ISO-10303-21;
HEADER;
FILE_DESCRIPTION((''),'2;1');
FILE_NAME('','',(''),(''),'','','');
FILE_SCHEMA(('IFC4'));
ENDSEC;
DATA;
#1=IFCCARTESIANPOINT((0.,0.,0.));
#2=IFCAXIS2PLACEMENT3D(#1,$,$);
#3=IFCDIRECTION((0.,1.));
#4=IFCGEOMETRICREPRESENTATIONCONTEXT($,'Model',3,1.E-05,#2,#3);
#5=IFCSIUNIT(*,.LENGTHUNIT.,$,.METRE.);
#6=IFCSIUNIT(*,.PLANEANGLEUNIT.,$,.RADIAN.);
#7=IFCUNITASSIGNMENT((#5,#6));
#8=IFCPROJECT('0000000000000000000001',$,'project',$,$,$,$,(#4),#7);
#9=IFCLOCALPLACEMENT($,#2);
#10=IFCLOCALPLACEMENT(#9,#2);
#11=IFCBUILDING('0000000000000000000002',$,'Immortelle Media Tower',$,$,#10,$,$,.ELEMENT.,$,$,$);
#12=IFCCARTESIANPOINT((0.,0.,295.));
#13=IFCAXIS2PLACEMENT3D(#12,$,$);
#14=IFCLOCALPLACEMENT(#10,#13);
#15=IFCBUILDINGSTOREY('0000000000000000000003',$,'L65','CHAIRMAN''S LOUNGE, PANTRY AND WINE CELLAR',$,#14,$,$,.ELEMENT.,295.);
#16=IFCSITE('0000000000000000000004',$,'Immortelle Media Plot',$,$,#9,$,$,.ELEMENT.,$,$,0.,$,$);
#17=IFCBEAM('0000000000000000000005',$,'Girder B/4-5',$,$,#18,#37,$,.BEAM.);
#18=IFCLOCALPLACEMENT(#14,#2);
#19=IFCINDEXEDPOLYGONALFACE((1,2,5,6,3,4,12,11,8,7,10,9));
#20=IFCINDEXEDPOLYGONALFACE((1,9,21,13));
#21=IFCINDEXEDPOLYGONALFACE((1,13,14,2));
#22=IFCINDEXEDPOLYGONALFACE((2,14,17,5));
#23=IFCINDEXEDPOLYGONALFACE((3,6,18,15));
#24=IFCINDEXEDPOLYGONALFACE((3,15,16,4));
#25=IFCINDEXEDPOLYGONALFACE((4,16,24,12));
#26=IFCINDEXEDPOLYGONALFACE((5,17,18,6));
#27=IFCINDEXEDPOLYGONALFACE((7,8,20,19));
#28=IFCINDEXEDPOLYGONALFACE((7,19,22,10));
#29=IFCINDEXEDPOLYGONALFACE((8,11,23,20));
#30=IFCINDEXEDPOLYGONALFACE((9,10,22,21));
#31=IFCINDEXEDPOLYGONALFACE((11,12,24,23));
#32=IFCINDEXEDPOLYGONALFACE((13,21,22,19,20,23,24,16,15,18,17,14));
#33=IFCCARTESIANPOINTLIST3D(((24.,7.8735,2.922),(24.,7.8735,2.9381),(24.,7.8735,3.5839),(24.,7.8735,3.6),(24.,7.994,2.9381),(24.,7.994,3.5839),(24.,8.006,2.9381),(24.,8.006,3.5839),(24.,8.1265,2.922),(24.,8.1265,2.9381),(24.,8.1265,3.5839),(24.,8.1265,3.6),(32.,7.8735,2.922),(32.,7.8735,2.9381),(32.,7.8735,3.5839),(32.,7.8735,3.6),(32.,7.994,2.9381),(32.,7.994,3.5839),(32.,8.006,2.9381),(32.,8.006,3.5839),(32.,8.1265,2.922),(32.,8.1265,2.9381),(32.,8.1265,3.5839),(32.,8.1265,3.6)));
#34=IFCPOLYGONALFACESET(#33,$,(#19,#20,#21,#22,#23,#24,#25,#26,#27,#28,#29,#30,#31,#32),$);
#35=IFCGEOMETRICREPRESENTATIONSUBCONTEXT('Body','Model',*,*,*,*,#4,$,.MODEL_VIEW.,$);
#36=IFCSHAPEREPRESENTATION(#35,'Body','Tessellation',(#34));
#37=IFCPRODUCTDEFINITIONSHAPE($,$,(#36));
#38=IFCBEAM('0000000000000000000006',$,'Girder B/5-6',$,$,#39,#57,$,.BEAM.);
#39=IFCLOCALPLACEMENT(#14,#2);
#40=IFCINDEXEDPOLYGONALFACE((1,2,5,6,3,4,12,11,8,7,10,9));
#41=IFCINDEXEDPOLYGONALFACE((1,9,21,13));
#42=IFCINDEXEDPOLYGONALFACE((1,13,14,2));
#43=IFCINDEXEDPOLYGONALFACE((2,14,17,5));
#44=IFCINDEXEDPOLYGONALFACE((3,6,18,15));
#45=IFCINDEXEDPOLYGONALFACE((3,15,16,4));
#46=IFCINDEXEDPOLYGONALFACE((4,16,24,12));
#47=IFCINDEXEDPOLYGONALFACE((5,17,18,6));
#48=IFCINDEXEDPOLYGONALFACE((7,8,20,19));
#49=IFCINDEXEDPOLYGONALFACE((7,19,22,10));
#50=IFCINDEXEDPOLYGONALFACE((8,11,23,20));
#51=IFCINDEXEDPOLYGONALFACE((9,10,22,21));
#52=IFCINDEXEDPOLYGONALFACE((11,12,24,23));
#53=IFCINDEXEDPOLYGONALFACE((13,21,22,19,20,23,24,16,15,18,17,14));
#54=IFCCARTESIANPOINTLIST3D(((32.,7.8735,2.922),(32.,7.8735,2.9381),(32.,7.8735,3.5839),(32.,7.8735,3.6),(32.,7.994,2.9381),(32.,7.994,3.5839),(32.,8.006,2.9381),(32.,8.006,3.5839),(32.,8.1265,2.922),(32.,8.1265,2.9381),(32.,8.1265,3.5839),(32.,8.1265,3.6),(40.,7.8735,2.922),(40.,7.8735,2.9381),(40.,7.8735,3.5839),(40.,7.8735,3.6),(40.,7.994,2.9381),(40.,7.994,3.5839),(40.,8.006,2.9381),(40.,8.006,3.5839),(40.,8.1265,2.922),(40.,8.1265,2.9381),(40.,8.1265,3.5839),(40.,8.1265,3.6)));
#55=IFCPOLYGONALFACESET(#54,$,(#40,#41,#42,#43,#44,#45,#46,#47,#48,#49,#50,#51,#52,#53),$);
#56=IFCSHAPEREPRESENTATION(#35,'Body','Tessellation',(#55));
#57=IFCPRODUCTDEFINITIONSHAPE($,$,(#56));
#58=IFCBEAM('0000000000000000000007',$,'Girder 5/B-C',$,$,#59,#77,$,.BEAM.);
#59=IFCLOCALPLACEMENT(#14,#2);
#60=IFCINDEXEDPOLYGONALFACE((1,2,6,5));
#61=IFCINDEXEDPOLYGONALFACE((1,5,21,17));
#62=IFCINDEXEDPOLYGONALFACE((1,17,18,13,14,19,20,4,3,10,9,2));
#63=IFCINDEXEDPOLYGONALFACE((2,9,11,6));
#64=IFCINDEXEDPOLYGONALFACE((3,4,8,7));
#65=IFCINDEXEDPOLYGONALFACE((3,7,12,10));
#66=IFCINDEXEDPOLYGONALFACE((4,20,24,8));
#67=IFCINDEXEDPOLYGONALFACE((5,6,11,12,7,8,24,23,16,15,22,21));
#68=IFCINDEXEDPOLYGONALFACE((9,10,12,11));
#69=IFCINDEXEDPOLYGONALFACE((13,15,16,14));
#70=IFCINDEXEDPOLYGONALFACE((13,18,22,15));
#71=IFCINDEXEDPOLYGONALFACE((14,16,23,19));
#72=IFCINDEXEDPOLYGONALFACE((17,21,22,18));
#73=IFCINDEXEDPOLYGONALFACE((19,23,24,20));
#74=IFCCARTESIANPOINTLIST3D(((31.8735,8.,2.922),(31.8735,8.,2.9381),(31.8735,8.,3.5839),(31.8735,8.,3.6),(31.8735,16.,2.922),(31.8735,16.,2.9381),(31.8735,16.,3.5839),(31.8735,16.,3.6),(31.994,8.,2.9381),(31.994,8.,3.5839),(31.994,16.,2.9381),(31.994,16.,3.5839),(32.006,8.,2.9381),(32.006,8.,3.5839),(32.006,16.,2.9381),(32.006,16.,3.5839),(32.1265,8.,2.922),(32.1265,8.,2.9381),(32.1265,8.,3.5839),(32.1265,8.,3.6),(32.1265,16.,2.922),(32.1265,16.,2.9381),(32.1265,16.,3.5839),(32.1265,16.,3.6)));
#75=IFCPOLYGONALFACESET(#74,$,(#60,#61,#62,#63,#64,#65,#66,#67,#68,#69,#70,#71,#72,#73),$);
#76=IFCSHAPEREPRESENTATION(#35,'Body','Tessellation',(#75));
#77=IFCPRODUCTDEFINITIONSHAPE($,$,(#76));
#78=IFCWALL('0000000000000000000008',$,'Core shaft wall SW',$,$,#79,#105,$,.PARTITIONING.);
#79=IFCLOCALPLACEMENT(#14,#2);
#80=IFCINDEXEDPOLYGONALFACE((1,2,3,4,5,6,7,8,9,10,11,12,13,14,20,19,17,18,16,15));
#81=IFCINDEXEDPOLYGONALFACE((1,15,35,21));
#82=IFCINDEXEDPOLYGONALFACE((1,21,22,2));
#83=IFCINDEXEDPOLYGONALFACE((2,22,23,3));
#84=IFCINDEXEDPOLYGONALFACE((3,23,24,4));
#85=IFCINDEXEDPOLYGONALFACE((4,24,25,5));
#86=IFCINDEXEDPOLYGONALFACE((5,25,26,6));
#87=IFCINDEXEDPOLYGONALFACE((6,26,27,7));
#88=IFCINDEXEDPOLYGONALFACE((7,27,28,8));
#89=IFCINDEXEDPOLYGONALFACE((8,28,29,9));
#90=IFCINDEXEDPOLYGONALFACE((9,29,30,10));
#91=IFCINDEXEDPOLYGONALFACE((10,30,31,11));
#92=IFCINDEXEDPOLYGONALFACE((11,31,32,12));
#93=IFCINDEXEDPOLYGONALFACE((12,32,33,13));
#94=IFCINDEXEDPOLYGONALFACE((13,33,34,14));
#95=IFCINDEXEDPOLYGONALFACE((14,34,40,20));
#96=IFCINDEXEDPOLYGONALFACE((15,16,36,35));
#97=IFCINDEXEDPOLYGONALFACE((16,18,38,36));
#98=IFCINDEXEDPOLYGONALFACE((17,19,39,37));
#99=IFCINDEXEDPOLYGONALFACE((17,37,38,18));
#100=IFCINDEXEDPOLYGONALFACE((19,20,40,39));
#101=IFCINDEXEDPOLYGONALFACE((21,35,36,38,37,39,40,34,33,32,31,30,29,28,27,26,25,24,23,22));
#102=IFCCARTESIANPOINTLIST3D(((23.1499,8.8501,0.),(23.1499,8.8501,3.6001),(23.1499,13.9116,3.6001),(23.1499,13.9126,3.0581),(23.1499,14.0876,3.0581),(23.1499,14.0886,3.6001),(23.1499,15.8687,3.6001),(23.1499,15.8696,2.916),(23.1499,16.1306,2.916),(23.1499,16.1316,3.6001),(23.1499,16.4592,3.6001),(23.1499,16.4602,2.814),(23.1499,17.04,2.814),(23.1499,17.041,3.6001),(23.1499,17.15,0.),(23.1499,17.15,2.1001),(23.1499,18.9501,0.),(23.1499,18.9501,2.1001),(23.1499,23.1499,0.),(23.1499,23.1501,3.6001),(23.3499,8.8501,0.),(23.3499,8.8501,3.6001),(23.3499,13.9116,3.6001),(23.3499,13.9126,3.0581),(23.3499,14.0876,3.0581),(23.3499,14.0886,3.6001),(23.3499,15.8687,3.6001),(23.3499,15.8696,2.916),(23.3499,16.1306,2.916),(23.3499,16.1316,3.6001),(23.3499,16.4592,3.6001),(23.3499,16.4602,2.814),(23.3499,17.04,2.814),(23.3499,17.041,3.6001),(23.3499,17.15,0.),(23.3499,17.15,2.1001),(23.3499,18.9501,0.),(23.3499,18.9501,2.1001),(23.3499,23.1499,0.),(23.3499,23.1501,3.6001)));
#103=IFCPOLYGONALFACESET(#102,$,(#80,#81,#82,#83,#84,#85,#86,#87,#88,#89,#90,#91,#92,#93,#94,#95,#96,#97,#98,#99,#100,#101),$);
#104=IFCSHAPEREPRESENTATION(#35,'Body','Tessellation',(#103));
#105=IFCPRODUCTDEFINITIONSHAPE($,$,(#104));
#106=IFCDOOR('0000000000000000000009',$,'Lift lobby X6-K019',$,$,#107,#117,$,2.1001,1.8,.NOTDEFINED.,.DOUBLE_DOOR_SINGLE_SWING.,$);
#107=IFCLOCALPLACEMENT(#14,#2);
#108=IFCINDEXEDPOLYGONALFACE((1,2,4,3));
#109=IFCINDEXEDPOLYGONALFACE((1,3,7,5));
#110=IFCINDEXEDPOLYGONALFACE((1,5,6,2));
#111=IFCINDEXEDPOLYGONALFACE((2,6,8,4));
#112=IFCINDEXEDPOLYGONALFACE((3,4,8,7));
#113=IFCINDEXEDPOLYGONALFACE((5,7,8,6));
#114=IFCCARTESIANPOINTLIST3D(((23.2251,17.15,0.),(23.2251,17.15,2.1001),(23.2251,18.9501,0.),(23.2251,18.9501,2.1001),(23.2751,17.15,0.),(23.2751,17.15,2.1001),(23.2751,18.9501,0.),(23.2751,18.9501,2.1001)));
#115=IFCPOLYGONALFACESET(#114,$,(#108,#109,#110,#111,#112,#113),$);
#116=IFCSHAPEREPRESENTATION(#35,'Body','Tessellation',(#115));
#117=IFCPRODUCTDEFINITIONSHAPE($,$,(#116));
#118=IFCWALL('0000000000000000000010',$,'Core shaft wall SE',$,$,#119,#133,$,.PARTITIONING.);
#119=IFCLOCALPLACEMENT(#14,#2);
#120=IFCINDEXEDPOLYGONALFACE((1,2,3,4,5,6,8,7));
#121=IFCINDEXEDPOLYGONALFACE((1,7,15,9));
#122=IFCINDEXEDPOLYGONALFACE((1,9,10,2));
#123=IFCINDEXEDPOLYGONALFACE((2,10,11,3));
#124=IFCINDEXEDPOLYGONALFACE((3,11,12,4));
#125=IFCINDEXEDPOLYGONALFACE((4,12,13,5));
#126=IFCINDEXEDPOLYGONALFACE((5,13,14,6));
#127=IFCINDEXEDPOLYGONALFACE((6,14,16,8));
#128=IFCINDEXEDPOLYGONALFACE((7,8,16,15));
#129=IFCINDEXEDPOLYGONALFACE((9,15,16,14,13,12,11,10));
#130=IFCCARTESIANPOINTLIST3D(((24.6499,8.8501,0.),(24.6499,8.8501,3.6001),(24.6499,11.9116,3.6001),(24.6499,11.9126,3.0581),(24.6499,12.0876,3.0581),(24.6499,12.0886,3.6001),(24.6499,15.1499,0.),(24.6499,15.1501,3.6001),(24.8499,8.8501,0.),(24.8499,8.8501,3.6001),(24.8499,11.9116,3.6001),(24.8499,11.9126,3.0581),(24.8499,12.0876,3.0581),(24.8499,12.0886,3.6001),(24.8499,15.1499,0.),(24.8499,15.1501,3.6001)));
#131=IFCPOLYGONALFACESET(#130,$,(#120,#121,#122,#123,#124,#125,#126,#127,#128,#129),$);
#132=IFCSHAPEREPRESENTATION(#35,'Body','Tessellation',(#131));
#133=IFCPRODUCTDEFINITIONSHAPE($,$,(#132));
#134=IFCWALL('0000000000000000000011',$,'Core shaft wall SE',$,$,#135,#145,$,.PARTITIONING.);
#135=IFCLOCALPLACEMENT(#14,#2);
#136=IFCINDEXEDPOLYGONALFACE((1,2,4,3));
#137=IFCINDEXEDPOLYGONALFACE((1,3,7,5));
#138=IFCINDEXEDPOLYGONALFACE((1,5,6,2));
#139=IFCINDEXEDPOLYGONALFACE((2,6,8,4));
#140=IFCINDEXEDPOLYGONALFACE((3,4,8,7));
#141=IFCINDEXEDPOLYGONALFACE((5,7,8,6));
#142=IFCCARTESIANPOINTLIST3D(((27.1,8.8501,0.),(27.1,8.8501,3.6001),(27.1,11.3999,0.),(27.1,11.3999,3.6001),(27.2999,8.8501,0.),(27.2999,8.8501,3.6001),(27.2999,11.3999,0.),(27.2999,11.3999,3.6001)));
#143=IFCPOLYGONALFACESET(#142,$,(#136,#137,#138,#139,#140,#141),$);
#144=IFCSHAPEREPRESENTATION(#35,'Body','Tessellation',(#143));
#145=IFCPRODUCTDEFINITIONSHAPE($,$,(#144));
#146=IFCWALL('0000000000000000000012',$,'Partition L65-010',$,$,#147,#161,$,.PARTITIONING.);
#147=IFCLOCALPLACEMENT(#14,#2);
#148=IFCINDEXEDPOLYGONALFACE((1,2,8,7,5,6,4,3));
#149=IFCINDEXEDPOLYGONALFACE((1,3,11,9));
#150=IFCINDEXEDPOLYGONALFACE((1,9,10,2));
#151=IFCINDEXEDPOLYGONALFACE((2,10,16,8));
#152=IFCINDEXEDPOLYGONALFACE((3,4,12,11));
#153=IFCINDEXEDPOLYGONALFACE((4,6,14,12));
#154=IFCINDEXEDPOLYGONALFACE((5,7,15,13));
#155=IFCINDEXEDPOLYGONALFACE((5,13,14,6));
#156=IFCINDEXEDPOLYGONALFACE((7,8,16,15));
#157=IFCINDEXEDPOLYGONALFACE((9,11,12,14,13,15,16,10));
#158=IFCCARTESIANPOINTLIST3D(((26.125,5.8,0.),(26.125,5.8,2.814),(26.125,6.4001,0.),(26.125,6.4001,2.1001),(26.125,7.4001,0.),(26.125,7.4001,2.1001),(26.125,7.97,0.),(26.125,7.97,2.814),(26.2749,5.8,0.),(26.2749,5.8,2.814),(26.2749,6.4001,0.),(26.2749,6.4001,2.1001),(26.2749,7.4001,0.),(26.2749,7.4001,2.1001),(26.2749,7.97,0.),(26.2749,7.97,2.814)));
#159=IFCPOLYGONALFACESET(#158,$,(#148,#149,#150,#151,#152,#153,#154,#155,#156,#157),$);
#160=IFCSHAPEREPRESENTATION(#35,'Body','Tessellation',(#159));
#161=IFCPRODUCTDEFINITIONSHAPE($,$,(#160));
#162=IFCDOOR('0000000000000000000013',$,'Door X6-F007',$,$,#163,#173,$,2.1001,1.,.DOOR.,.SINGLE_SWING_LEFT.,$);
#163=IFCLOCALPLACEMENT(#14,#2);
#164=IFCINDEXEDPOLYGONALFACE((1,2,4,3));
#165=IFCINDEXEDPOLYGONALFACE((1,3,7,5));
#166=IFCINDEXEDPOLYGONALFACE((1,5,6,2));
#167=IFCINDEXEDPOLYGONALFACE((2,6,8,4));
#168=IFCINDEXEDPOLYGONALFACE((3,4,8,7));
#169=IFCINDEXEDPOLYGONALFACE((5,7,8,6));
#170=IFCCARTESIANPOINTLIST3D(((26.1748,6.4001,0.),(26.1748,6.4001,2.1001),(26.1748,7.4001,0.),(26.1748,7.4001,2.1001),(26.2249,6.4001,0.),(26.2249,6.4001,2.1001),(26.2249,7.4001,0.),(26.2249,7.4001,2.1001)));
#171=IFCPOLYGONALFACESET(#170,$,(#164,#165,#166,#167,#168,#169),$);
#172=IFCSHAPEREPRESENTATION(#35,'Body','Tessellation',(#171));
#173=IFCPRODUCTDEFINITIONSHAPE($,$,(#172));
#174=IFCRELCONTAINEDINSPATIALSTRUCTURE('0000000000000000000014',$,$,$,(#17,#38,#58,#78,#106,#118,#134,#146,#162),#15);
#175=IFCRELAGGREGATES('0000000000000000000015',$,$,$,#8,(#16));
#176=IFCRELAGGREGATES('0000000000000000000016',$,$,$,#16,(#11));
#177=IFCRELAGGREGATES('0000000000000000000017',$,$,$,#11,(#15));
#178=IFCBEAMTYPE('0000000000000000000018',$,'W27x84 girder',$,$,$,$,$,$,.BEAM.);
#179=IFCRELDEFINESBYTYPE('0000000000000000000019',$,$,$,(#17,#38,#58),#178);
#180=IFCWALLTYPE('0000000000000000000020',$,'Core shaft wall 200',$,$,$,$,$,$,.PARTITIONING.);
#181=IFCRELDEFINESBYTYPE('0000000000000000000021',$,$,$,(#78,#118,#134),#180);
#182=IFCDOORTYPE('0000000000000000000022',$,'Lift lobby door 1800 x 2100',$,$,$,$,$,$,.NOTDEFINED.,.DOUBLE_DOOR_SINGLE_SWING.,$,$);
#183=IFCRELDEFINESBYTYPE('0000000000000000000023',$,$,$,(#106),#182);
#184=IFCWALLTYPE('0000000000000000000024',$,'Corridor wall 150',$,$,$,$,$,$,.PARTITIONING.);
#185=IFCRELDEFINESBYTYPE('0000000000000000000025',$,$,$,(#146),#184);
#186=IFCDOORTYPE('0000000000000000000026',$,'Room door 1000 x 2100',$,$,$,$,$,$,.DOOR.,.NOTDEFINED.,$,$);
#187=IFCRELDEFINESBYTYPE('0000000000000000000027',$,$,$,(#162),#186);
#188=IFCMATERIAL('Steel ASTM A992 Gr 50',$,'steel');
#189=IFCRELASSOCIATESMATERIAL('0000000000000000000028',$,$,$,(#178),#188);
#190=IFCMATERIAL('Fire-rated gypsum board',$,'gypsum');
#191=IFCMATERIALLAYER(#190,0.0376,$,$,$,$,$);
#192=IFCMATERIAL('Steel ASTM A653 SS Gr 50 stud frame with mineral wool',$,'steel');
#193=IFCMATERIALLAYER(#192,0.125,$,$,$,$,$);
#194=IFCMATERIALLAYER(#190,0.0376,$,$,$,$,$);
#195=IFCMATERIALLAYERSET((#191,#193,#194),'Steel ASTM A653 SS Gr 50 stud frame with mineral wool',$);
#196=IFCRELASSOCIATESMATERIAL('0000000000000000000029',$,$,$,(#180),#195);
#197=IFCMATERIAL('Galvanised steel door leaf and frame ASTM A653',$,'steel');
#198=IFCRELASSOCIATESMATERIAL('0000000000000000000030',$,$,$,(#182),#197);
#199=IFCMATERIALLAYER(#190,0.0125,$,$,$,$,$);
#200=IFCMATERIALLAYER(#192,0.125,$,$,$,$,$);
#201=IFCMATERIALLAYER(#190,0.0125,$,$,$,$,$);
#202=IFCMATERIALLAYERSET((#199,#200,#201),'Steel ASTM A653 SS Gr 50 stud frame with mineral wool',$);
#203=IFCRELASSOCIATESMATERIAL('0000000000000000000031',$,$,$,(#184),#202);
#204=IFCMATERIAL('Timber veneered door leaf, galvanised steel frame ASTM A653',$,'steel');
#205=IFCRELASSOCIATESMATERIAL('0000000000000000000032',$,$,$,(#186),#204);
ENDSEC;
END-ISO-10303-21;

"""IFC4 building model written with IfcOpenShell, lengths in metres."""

from ifc_helpers import new_model, si_unit, direction, frame, frame_2d, origin, origin_2d, place, context, subcontext, project, spatial, polyline, rectangle, i_section, outline, extrude, material, layer, layer_set, material_profile, profile_set, type_object, element, fill, save


model = new_model("IFC4")

# Units and contexts
model_context = context("Model", 3, precision=1e-05, world=origin(), true_north=direction((0.0, 1.0)))
body_context = subcontext(model_context, "Body", "Model", "MODEL_VIEW")
ifc_project = project(units=[si_unit("LENGTHUNIT", "METRE"), si_unit("PLANEANGLEUNIT", "RADIAN")], contexts=[model_context])

# Site, building, storey
site_placement = place(None, origin())
site = spatial("IfcSite", under=ifc_project, at=site_placement, Name="Immortelle Media Plot", CompositionType="ELEMENT", RefElevation=0.0)
building_placement = place(site_placement, origin())
building = spatial("IfcBuilding", under=site, at=building_placement, Name="Immortelle Media Tower", CompositionType="ELEMENT")
storey_placement = place(building_placement, frame((0.0, 0.0, 295.0)))
storey = spatial("IfcBuildingStorey", under=building, at=storey_placement, Name="L65", Description="CHAIRMAN'S LOUNGE, PANTRY AND WINE CELLAR", CompositionType="ELEMENT", Elevation=295.0)

# Shared definitions
ifc_material_1 = material(Name="Steel ASTM A992 Gr 50", Category="steel")

# Beams
ifc_material_profile_1 = material_profile(ifc_material_1, i_section(OverallWidth=0.2529, OverallDepth=0.678, WebThickness=0.012, FlangeThickness=0.0161, at=origin_2d()), Name="W27x84")
ifc_profile_set_1 = profile_set([ifc_material_profile_1], Name="Steel ASTM A992 Gr 50")
beam_type_1 = type_object("IfcBeamType", Name="W27x84 girder", PredefinedType="BEAM", material=ifc_profile_set_1)
for number, where, z_axis, x_axis, name in (
    (1, (24.0, 8.0, 3.261), (1.0, 0.0, 0.0), (0.0, 1.0, 0.0), "Girder B/4-5"),
    (2, (32.0, 8.0, 3.261), (1.0, 0.0, 0.0), (0.0, 1.0, 0.0), "Girder B/5-6"),
    (3, (32.0, 8.0, 3.261), (0.0, 1.0, 0.0), (-1.0, 0.0, 0.0), "Girder 5/B-C"),
):
    element("IfcBeam", number, at=place(storey_placement, frame(where, z_axis=z_axis, x_axis=x_axis)), inside=storey, type_object=beam_type_1, Name=name, PredefinedType="BEAM", context=body_context, shape_type="SweptSolid", body=[
        extrude(i_section(OverallWidth=0.2529, OverallDepth=0.678, WebThickness=0.012, FlangeThickness=0.0161, at=origin_2d()), origin(), (0.0, 0.0, 1.0), 8.0),
    ])

# Wall, opening, door
ifc_material_2 = material(Name="Fire-rated gypsum board", Category="gypsum")
ifc_layer_1 = layer(ifc_material_2, 0.0376)
ifc_material_3 = material(Name="Steel ASTM A653 SS Gr 50 stud frame with mineral wool", Category="steel")
ifc_layer_2 = layer(ifc_material_3, 0.125)
ifc_layer_3 = layer(ifc_material_2, 0.0376)
ifc_layer_set_1 = layer_set([ifc_layer_1, ifc_layer_2, ifc_layer_3], Name="Steel ASTM A653 SS Gr 50 stud frame with mineral wool")
wall_type_1 = type_object("IfcWallType", Name="Core shaft wall 200", PredefinedType="PARTITIONING", material=ifc_layer_set_1)
wall_1_placement = place(storey_placement, frame((23.25, 8.8501, 0.0), z_axis=(0.0, 0.0, 1.0), x_axis=(0.0, 1.0, 0.0)))
wall_1 = element("IfcWall", 4, at=wall_1_placement, inside=storey, type_object=wall_type_1, Name="Core shaft wall SW", PredefinedType="PARTITIONING", context=body_context, shape_type="SweptSolid", body=[
    extrude(outline(polyline([(0.0, 0.0), (14.2998, 0.0), (14.3, 3.6001), (8.1909, 3.6001), (8.1899, 2.814), (7.6101, 2.814), (7.6091, 3.6001), (7.2815, 3.6001), (7.2805, 2.916), (7.0195, 2.916), (7.0186, 3.6001), (5.2385, 3.6001), (5.2375, 3.0581), (5.0625, 3.0581), (5.0615, 3.6001), (0.0, 3.6001), (0.0, 0.0)])), frame((0.0, 0.1001, 0.0), z_axis=(0.0, -1.0, 0.0), x_axis=(1.0, 0.0, 0.0)), (0.0, 0.0, 1.0), 0.2),
])
opening_1_placement = place(wall_1_placement, frame((8.3, 0.0, 0.0)))
opening_1 = element("IfcOpeningElement", 5, at=opening_1_placement, cuts=wall_1, PredefinedType="OPENING", context=body_context, shape_type="SweptSolid", body=[
    extrude(rectangle(XDim=1.8, YDim=2.1001, at=frame_2d((0.8999, 1.05))), frame((0.0, 0.1099, 0.0), z_axis=(0.0, -1.0, 0.0), x_axis=(1.0, 0.0, 0.0)), (0.0, 0.0, 1.0), 0.22),
])
ifc_material_4 = material(Name="Galvanised steel door leaf and frame ASTM A653", Category="steel")
door_type_1 = type_object("IfcDoorType", Name="Lift lobby door 1800 x 2100", OperationType="DOUBLE_DOOR_SINGLE_SWING", PredefinedType="NOTDEFINED", material=ifc_material_4)
door_1_placement = place(opening_1_placement, origin())
door_1 = element("IfcDoor", 6, at=door_1_placement, inside=storey, type_object=door_type_1, Name="Lift lobby X6-K019", OperationType="DOUBLE_DOOR_SINGLE_SWING", OverallHeight=2.1001, OverallWidth=1.8, PredefinedType="NOTDEFINED", context=body_context, shape_type="SweptSolid", body=[
    extrude(rectangle(XDim=1.8, YDim=2.1001, at=frame_2d((0.8999, 1.05))), frame((0.0, 0.0249, 0.0), z_axis=(0.0, -1.0, 0.0), x_axis=(1.0, 0.0, 0.0)), (0.0, 0.0, 1.0), 0.05),
])
fill(opening_1, door_1)

# Walls
wall_2_placement = place(storey_placement, frame((24.75, 8.8501, 0.0), z_axis=(0.0, 0.0, 1.0), x_axis=(0.0, 1.0, 0.0)))
element("IfcWall", 7, at=wall_2_placement, inside=storey, type_object=wall_type_1, Name="Core shaft wall SE", PredefinedType="PARTITIONING", context=body_context, shape_type="SweptSolid", body=[
    extrude(outline(polyline([(0.0, 0.0), (6.2998, 0.0), (6.3, 3.6001), (3.2385, 3.6001), (3.2375, 3.0581), (3.0625, 3.0581), (3.0615, 3.6001), (0.0, 3.6001), (0.0, 0.0)])), frame((0.0, 0.1001, 0.0), z_axis=(0.0, -1.0, 0.0), x_axis=(1.0, 0.0, 0.0)), (0.0, 0.0, 1.0), 0.2),
])
wall_3_placement = place(storey_placement, frame((27.2, 8.8501, 0.0), z_axis=(0.0, 0.0, 1.0), x_axis=(0.0, 1.0, 0.0)))
element("IfcWall", 8, at=wall_3_placement, inside=storey, type_object=wall_type_1, Name="Core shaft wall SE", PredefinedType="PARTITIONING", context=body_context, shape_type="SweptSolid", body=[
    extrude(rectangle(XDim=2.5498, YDim=0.2, at=frame_2d((1.2749, 0.0))), origin(), (0.0, 0.0, 1.0), 3.6001),
])

# Wall, opening, door
ifc_layer_4 = layer(ifc_material_2, 0.0125)
ifc_layer_5 = layer(ifc_material_3, 0.125)
ifc_layer_6 = layer(ifc_material_2, 0.0125)
ifc_layer_set_2 = layer_set([ifc_layer_4, ifc_layer_5, ifc_layer_6], Name="Steel ASTM A653 SS Gr 50 stud frame with mineral wool")
wall_type_2 = type_object("IfcWallType", Name="Corridor wall 150", PredefinedType="PARTITIONING", material=ifc_layer_set_2)
wall_4_placement = place(storey_placement, frame((26.2, 5.8, 0.0), z_axis=(0.0, 0.0, 1.0), x_axis=(0.0, 1.0, 0.0)))
wall_4 = element("IfcWall", 9, at=wall_4_placement, inside=storey, type_object=wall_type_2, Name="Partition L65-010", PredefinedType="PARTITIONING", context=body_context, shape_type="SweptSolid", body=[
    extrude(rectangle(XDim=2.1699, YDim=0.1499, at=frame_2d((1.085, 0.0))), origin(), (0.0, 0.0, 1.0), 2.814),
])
opening_2_placement = place(wall_4_placement, frame((1.6001, 0.0, 0.0), z_axis=(0.0, 0.0, 1.0), x_axis=(-1.0, 0.0, 0.0)))
opening_2 = element("IfcOpeningElement", 10, at=opening_2_placement, cuts=wall_4, PredefinedType="OPENING", context=body_context, shape_type="SweptSolid", body=[
    extrude(rectangle(XDim=1.0, YDim=2.1001, at=frame_2d((0.5, 1.05))), frame((0.0, 0.085, 0.0), z_axis=(0.0, -1.0, 0.0), x_axis=(1.0, 0.0, 0.0)), (0.0, 0.0, 1.0), 0.1699),
])
ifc_material_5 = material(Name="Timber veneered door leaf, galvanised steel frame ASTM A653", Category="steel")
door_type_2 = type_object("IfcDoorType", Name="Room door 1000 x 2100", OperationType="NOTDEFINED", PredefinedType="DOOR", material=ifc_material_5)
door_2_placement = place(opening_2_placement, origin())
door_2 = element("IfcDoor", 11, at=door_2_placement, inside=storey, type_object=door_type_2, Name="Door X6-F007", OperationType="SINGLE_SWING_LEFT", OverallHeight=2.1001, OverallWidth=1.0, PredefinedType="DOOR", context=body_context, shape_type="SweptSolid", body=[
    extrude(rectangle(XDim=1.0, YDim=2.1001, at=frame_2d((0.5, 1.05))), frame((0.0, 0.0249, 0.0), z_axis=(0.0, -1.0, 0.0), x_axis=(1.0, 0.0, 0.0)), (0.0, 0.0, 1.0), 0.05),
])
fill(opening_2, door_2)

save(model, "model.ifc")
